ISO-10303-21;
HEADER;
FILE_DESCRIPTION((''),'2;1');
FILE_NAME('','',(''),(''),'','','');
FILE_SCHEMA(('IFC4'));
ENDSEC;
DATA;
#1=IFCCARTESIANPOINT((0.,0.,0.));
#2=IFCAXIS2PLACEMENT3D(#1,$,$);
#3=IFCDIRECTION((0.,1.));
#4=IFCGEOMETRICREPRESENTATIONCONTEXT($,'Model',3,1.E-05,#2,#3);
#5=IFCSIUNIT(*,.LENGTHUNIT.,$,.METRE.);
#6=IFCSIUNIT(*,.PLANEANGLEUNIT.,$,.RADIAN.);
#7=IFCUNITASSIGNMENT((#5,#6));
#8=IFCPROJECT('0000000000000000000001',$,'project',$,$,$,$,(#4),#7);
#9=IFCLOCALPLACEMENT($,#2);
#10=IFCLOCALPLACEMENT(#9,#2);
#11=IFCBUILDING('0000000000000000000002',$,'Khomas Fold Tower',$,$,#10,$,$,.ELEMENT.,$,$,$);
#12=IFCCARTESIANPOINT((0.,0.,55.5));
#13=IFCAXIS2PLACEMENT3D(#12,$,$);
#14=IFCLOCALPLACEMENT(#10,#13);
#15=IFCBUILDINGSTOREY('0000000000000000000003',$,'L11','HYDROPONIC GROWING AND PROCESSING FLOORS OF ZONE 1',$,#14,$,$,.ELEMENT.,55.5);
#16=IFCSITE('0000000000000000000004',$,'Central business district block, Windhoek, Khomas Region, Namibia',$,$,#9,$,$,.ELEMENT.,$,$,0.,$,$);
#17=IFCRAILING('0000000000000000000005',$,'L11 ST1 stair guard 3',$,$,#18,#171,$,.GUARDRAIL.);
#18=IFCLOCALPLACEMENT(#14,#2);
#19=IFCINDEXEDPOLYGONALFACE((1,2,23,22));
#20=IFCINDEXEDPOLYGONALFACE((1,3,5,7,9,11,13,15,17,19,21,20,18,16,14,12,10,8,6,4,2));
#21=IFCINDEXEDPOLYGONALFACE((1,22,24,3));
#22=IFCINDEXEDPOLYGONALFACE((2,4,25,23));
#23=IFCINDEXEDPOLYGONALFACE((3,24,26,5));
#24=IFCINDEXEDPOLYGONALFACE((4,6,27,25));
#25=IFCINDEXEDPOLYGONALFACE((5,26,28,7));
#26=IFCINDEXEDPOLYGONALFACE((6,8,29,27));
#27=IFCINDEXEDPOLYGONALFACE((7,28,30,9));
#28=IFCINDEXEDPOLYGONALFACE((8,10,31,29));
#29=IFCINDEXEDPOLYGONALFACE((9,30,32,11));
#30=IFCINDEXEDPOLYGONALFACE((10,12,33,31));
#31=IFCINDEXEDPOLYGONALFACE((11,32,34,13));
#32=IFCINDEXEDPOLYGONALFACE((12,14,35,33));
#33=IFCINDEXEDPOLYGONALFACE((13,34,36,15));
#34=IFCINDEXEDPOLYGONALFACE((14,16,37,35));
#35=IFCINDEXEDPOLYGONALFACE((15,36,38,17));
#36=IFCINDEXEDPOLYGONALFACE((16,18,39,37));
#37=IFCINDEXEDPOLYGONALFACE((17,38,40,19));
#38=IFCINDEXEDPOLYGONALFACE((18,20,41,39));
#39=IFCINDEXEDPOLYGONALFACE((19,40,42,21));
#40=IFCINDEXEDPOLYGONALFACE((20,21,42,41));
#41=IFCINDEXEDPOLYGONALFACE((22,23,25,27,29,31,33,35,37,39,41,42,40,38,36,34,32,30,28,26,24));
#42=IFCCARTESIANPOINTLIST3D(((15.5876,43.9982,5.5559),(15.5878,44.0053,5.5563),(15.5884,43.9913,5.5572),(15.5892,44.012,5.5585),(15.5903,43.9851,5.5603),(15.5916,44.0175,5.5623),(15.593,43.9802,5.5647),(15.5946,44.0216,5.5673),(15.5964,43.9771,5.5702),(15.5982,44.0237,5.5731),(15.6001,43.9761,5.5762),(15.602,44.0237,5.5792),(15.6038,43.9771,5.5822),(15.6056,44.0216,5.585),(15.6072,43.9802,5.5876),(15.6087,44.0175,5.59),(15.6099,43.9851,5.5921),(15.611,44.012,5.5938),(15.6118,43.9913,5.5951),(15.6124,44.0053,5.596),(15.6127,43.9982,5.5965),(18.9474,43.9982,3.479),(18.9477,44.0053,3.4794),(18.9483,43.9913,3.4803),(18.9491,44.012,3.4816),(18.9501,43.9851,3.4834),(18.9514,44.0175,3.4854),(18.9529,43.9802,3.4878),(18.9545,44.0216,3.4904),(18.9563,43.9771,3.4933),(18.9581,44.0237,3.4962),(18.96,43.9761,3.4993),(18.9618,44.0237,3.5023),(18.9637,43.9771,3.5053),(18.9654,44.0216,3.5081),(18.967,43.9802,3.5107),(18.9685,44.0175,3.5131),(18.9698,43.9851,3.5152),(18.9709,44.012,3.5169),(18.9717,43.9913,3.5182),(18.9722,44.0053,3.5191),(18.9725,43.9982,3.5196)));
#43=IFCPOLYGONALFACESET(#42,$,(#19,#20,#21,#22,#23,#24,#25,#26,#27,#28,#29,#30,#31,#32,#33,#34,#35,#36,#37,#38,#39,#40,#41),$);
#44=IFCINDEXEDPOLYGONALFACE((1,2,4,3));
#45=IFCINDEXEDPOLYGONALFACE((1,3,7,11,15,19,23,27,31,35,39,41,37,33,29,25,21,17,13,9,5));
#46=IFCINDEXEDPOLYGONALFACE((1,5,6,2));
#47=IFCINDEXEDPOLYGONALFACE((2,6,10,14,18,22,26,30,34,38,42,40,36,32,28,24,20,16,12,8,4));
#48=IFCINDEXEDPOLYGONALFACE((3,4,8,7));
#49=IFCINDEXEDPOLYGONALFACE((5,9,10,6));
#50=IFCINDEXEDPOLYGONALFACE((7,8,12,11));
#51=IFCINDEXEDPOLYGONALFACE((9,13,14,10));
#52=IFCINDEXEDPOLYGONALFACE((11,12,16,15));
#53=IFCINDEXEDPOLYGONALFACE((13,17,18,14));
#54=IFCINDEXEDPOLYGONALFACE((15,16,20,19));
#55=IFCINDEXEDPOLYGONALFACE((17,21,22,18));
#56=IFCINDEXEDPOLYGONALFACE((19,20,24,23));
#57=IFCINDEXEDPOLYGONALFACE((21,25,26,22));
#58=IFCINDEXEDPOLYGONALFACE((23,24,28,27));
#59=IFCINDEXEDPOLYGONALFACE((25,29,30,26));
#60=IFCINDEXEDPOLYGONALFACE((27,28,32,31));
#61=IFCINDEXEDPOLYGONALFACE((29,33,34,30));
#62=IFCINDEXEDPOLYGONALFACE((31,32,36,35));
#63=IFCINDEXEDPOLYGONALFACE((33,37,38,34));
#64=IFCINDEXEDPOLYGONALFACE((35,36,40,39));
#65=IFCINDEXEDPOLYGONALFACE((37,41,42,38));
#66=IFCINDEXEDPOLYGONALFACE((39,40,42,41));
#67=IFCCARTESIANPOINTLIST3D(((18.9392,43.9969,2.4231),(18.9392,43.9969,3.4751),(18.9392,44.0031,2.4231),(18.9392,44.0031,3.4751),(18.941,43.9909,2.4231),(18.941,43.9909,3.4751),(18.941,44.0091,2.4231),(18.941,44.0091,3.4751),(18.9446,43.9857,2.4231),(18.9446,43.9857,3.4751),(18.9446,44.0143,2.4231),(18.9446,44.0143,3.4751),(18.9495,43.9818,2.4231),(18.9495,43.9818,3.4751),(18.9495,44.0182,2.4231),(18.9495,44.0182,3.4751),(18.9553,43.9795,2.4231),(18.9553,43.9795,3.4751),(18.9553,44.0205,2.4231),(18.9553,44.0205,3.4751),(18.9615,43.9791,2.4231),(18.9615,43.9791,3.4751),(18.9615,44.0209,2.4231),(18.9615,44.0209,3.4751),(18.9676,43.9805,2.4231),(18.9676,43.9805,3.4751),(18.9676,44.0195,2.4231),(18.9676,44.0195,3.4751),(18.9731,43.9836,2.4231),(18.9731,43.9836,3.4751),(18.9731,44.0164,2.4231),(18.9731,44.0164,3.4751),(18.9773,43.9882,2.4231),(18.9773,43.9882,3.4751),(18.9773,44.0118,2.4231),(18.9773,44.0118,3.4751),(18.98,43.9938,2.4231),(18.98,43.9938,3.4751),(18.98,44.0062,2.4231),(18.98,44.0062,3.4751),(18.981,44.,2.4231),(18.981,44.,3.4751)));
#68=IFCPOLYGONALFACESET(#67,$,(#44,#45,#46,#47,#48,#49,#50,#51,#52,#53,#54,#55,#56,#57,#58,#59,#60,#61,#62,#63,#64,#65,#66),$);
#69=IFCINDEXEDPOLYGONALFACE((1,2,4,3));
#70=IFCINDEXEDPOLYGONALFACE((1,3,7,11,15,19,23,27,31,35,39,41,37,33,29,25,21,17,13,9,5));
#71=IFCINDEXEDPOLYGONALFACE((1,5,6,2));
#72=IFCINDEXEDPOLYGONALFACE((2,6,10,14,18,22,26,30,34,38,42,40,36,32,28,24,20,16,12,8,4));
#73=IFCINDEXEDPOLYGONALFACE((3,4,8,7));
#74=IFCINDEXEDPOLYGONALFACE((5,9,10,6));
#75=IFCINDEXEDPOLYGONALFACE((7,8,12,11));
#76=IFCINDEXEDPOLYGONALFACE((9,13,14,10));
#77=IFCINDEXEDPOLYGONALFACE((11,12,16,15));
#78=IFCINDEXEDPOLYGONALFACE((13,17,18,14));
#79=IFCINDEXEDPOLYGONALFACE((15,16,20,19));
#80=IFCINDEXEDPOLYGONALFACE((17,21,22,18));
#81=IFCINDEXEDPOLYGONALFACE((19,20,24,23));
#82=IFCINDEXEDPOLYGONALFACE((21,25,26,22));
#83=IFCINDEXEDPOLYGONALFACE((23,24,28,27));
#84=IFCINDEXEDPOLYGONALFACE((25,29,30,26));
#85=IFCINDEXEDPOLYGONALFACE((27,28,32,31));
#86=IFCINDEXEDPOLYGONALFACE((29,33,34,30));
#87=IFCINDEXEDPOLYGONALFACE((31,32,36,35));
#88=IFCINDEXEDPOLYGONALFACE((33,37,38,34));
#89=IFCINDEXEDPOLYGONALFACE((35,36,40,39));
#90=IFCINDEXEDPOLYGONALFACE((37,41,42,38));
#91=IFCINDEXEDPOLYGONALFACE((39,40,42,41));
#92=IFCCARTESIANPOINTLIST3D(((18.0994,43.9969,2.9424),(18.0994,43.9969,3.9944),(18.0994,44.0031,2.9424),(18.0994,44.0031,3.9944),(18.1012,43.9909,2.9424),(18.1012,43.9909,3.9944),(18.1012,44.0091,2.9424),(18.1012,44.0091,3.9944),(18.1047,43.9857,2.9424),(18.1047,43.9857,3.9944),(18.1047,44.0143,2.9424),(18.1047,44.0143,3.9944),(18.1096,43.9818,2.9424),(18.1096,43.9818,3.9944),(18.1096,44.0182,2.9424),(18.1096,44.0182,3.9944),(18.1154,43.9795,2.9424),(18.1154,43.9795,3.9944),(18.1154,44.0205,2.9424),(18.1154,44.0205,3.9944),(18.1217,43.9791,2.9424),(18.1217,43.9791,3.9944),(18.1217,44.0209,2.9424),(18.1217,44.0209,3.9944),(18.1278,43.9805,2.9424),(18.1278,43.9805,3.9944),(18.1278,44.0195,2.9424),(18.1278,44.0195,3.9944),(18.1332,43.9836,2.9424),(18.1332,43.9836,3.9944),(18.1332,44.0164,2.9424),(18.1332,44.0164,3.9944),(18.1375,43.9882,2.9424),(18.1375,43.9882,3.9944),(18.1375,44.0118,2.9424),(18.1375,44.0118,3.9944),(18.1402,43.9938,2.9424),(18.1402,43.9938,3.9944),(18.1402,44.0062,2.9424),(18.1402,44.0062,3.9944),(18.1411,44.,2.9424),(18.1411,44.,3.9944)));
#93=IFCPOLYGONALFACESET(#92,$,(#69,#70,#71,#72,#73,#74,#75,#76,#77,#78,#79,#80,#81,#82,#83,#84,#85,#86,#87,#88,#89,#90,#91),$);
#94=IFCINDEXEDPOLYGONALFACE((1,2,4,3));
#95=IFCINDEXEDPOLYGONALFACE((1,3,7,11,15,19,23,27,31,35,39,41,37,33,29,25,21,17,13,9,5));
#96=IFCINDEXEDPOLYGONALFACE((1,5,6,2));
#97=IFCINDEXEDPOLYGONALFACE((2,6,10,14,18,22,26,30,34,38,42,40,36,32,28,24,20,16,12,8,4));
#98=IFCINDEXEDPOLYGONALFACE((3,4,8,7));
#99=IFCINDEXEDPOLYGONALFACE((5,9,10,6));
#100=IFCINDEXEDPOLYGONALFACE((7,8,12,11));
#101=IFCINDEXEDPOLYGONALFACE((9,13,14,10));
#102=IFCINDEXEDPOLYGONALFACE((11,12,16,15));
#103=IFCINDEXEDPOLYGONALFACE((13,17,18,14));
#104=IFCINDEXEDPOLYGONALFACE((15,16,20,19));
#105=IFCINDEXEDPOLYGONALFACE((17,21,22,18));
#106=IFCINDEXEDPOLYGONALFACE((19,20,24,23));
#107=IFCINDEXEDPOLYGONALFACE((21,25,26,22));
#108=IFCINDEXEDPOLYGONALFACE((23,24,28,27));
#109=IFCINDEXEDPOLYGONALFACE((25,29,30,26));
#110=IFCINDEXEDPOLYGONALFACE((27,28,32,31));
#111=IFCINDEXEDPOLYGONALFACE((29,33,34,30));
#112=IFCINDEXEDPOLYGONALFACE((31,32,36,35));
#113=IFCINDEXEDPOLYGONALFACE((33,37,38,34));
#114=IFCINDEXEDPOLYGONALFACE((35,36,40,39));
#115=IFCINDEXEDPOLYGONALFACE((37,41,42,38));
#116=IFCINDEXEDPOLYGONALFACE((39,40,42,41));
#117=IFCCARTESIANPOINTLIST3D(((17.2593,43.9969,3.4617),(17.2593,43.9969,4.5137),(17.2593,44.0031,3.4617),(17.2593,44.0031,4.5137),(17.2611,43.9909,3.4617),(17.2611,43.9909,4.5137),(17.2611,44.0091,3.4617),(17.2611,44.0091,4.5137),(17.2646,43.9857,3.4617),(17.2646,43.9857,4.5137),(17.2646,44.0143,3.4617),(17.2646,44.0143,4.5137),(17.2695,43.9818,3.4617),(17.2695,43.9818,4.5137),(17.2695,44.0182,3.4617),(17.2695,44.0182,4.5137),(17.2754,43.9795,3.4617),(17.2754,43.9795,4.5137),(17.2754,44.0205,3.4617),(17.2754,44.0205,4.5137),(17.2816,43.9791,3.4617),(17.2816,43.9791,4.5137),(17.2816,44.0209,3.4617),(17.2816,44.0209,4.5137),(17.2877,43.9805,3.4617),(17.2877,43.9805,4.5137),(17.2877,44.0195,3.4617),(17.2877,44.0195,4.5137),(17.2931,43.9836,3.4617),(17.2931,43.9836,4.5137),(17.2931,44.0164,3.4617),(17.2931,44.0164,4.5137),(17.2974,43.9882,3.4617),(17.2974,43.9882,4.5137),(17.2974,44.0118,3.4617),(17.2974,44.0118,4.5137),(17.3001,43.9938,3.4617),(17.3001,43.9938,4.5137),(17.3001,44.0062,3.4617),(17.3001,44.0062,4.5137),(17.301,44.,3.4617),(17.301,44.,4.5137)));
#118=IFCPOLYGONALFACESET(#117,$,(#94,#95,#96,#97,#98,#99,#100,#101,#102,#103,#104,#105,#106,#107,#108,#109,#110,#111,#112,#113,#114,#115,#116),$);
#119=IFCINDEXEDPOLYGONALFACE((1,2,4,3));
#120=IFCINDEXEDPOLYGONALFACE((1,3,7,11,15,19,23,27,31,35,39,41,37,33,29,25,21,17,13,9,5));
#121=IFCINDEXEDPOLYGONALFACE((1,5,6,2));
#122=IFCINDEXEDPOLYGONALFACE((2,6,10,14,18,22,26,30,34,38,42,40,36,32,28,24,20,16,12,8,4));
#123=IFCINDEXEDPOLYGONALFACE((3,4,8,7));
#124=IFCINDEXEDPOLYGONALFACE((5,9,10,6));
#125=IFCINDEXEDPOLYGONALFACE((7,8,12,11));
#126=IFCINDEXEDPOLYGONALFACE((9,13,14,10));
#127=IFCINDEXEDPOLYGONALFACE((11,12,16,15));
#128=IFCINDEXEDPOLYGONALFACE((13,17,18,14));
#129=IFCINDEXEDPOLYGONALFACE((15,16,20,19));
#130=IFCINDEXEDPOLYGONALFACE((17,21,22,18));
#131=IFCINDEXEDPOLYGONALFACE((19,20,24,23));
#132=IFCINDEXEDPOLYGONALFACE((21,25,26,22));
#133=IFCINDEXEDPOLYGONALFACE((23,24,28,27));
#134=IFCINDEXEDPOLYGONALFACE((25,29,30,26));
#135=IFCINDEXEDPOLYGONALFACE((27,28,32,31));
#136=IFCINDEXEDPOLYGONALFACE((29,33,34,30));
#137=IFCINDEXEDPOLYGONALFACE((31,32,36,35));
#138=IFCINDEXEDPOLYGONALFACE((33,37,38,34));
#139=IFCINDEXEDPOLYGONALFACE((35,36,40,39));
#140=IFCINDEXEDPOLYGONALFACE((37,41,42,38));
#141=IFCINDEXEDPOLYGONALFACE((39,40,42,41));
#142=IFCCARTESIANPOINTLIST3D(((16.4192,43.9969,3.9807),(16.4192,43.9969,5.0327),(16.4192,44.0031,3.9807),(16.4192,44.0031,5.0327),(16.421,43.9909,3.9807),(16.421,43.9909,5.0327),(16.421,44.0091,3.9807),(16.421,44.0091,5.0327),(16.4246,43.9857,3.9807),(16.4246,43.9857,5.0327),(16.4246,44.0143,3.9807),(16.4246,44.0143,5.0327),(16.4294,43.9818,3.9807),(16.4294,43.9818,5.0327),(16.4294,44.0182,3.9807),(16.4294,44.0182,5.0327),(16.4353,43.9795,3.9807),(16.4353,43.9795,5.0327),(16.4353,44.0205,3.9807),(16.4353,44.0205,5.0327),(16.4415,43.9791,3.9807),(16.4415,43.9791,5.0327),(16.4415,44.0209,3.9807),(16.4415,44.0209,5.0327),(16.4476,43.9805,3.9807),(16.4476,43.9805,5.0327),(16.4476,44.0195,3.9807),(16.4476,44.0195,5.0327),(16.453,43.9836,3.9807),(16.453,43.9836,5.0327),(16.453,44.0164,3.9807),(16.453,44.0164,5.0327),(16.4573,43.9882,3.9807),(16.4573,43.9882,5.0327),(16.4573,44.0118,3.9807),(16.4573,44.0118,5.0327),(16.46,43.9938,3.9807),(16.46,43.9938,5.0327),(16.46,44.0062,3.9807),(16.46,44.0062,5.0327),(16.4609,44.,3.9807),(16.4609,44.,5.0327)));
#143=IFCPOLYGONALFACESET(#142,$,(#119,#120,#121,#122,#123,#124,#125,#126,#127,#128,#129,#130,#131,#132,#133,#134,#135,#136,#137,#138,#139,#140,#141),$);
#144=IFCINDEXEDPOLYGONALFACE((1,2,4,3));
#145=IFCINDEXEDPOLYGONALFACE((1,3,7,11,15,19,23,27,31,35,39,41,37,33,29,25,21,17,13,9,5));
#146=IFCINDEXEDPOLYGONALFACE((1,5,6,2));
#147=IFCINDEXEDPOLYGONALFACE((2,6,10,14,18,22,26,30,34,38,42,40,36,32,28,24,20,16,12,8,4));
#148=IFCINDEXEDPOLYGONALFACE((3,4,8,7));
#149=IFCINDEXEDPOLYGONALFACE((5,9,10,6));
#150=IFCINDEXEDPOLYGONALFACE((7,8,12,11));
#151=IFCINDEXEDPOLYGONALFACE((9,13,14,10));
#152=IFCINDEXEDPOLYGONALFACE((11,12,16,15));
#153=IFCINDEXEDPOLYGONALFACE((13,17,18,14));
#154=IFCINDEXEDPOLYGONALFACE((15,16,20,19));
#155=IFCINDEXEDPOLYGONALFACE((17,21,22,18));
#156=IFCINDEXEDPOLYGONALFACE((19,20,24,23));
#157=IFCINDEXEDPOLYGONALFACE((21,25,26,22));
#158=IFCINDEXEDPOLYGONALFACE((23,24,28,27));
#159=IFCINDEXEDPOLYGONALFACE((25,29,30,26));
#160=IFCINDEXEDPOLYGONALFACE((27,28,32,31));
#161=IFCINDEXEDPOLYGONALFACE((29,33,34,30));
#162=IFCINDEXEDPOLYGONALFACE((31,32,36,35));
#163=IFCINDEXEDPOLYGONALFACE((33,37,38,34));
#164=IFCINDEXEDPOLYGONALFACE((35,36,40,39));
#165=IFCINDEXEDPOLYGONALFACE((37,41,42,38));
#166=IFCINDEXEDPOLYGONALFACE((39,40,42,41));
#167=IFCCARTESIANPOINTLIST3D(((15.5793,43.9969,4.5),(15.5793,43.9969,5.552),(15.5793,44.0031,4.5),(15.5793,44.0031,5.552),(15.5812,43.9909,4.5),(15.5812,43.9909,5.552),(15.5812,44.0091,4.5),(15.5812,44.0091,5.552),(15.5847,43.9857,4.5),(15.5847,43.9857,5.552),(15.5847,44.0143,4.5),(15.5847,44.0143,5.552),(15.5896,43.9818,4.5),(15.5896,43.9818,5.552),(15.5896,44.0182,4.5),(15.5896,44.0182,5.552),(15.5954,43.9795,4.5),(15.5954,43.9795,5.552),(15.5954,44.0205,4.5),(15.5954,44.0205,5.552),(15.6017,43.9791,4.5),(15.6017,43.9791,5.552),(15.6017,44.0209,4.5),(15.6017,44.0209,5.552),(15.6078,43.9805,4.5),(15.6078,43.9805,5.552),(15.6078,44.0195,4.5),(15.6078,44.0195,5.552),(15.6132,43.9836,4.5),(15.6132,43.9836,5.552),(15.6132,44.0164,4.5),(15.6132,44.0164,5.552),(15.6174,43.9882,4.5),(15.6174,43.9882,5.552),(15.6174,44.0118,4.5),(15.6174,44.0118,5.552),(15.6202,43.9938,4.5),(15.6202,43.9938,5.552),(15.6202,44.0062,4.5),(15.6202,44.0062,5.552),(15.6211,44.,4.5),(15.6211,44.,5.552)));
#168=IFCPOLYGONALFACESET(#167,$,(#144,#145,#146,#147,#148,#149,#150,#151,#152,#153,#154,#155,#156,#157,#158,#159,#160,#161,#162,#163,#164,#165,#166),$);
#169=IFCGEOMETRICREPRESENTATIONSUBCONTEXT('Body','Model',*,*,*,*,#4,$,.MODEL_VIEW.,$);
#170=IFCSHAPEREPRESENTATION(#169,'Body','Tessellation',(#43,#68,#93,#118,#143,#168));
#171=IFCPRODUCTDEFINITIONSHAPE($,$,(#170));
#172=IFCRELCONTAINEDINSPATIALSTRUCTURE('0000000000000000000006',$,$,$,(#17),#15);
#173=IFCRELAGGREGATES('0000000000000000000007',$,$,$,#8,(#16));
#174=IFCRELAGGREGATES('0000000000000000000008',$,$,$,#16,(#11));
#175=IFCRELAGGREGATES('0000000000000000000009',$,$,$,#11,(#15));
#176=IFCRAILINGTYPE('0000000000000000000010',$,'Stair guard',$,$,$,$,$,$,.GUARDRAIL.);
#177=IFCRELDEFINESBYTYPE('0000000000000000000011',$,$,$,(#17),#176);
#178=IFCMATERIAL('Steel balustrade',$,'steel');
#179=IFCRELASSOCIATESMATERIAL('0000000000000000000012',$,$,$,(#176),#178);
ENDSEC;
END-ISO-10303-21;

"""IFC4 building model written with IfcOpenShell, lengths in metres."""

from ifc_helpers import new_model, si_unit, direction, frame, origin, origin_2d, place, context, subcontext, project, spatial, circle, extrude, source, transform, mapped, material, type_object, element, save


model = new_model("IFC4")

# Units and contexts
model_context = context("Model", 3, precision=1e-05, world=origin(), true_north=direction((0.0, 1.0)))
body_context = subcontext(model_context, "Body", "Model", "MODEL_VIEW")
ifc_project = project(units=[si_unit("LENGTHUNIT", "METRE"), si_unit("PLANEANGLEUNIT", "RADIAN")], contexts=[model_context])

# Site, building, storey
site_placement = place(None, origin())
site = spatial("IfcSite", under=ifc_project, at=site_placement, Name="Central business district block, Windhoek, Khomas Region, Namibia", CompositionType="ELEMENT", RefElevation=0.0)
building_placement = place(site_placement, origin())
building = spatial("IfcBuilding", under=site, at=building_placement, Name="Khomas Fold Tower", CompositionType="ELEMENT")
storey_placement = place(building_placement, frame((0.0, 0.0, 55.5)))
storey = spatial("IfcBuildingStorey", under=building, at=storey_placement, Name="L11", Description="HYDROPONIC GROWING AND PROCESSING FLOORS OF ZONE 1", CompositionType="ELEMENT", Elevation=55.5)

# Railing
ifc_material_1 = material(Name="Steel balustrade", Category="steel")
railing_type_1 = type_object("IfcRailingType", Name="Stair guard", PredefinedType="GUARDRAIL", material=ifc_material_1)
shared_shape_1 = source(origin(), body_context, "Body", "SweptSolid", [
    extrude(circle(Radius=0.0239, at=origin_2d()), frame((0.0, 0.0, 1.0762), z_axis=(-0.850606, 0.0, 0.525803), x_axis=(0.0, -1.0, 0.0)), (0.0, 0.0, 1.0), 3.95),
    extrude(circle(Radius=0.021, at=origin_2d()), origin(), (0.0, 0.0, 1.0), 1.052),
    extrude(circle(Radius=0.021, at=origin_2d()), frame((-0.8398, 0.0, 0.5193)), (0.0, 0.0, 1.0), 1.052),
    extrude(circle(Radius=0.021, at=origin_2d()), frame((-1.6799, 0.0, 1.0386)), (0.0, 0.0, 1.0), 1.052),
    extrude(circle(Radius=0.021, at=origin_2d()), frame((-2.52, 0.0, 1.5576)), (0.0, 0.0, 1.0), 1.052),
    extrude(circle(Radius=0.021, at=origin_2d()), frame((-3.3599, 0.0, 2.0769)), (0.0, 0.0, 1.0), 1.052),
])
railing_1_placement = place(storey_placement, frame((18.96, 44.0, 2.4231)))
element("IfcRailing", 1, at=railing_1_placement, inside=storey, type_object=railing_type_1, Name="L11 ST1 stair guard 3", PredefinedType="GUARDRAIL", context=body_context, shape_type="MappedRepresentation", body=[
    mapped(shared_shape_1, transform((0.0, 0.0, 0.0))),
])

save(model, "model.ifc")
